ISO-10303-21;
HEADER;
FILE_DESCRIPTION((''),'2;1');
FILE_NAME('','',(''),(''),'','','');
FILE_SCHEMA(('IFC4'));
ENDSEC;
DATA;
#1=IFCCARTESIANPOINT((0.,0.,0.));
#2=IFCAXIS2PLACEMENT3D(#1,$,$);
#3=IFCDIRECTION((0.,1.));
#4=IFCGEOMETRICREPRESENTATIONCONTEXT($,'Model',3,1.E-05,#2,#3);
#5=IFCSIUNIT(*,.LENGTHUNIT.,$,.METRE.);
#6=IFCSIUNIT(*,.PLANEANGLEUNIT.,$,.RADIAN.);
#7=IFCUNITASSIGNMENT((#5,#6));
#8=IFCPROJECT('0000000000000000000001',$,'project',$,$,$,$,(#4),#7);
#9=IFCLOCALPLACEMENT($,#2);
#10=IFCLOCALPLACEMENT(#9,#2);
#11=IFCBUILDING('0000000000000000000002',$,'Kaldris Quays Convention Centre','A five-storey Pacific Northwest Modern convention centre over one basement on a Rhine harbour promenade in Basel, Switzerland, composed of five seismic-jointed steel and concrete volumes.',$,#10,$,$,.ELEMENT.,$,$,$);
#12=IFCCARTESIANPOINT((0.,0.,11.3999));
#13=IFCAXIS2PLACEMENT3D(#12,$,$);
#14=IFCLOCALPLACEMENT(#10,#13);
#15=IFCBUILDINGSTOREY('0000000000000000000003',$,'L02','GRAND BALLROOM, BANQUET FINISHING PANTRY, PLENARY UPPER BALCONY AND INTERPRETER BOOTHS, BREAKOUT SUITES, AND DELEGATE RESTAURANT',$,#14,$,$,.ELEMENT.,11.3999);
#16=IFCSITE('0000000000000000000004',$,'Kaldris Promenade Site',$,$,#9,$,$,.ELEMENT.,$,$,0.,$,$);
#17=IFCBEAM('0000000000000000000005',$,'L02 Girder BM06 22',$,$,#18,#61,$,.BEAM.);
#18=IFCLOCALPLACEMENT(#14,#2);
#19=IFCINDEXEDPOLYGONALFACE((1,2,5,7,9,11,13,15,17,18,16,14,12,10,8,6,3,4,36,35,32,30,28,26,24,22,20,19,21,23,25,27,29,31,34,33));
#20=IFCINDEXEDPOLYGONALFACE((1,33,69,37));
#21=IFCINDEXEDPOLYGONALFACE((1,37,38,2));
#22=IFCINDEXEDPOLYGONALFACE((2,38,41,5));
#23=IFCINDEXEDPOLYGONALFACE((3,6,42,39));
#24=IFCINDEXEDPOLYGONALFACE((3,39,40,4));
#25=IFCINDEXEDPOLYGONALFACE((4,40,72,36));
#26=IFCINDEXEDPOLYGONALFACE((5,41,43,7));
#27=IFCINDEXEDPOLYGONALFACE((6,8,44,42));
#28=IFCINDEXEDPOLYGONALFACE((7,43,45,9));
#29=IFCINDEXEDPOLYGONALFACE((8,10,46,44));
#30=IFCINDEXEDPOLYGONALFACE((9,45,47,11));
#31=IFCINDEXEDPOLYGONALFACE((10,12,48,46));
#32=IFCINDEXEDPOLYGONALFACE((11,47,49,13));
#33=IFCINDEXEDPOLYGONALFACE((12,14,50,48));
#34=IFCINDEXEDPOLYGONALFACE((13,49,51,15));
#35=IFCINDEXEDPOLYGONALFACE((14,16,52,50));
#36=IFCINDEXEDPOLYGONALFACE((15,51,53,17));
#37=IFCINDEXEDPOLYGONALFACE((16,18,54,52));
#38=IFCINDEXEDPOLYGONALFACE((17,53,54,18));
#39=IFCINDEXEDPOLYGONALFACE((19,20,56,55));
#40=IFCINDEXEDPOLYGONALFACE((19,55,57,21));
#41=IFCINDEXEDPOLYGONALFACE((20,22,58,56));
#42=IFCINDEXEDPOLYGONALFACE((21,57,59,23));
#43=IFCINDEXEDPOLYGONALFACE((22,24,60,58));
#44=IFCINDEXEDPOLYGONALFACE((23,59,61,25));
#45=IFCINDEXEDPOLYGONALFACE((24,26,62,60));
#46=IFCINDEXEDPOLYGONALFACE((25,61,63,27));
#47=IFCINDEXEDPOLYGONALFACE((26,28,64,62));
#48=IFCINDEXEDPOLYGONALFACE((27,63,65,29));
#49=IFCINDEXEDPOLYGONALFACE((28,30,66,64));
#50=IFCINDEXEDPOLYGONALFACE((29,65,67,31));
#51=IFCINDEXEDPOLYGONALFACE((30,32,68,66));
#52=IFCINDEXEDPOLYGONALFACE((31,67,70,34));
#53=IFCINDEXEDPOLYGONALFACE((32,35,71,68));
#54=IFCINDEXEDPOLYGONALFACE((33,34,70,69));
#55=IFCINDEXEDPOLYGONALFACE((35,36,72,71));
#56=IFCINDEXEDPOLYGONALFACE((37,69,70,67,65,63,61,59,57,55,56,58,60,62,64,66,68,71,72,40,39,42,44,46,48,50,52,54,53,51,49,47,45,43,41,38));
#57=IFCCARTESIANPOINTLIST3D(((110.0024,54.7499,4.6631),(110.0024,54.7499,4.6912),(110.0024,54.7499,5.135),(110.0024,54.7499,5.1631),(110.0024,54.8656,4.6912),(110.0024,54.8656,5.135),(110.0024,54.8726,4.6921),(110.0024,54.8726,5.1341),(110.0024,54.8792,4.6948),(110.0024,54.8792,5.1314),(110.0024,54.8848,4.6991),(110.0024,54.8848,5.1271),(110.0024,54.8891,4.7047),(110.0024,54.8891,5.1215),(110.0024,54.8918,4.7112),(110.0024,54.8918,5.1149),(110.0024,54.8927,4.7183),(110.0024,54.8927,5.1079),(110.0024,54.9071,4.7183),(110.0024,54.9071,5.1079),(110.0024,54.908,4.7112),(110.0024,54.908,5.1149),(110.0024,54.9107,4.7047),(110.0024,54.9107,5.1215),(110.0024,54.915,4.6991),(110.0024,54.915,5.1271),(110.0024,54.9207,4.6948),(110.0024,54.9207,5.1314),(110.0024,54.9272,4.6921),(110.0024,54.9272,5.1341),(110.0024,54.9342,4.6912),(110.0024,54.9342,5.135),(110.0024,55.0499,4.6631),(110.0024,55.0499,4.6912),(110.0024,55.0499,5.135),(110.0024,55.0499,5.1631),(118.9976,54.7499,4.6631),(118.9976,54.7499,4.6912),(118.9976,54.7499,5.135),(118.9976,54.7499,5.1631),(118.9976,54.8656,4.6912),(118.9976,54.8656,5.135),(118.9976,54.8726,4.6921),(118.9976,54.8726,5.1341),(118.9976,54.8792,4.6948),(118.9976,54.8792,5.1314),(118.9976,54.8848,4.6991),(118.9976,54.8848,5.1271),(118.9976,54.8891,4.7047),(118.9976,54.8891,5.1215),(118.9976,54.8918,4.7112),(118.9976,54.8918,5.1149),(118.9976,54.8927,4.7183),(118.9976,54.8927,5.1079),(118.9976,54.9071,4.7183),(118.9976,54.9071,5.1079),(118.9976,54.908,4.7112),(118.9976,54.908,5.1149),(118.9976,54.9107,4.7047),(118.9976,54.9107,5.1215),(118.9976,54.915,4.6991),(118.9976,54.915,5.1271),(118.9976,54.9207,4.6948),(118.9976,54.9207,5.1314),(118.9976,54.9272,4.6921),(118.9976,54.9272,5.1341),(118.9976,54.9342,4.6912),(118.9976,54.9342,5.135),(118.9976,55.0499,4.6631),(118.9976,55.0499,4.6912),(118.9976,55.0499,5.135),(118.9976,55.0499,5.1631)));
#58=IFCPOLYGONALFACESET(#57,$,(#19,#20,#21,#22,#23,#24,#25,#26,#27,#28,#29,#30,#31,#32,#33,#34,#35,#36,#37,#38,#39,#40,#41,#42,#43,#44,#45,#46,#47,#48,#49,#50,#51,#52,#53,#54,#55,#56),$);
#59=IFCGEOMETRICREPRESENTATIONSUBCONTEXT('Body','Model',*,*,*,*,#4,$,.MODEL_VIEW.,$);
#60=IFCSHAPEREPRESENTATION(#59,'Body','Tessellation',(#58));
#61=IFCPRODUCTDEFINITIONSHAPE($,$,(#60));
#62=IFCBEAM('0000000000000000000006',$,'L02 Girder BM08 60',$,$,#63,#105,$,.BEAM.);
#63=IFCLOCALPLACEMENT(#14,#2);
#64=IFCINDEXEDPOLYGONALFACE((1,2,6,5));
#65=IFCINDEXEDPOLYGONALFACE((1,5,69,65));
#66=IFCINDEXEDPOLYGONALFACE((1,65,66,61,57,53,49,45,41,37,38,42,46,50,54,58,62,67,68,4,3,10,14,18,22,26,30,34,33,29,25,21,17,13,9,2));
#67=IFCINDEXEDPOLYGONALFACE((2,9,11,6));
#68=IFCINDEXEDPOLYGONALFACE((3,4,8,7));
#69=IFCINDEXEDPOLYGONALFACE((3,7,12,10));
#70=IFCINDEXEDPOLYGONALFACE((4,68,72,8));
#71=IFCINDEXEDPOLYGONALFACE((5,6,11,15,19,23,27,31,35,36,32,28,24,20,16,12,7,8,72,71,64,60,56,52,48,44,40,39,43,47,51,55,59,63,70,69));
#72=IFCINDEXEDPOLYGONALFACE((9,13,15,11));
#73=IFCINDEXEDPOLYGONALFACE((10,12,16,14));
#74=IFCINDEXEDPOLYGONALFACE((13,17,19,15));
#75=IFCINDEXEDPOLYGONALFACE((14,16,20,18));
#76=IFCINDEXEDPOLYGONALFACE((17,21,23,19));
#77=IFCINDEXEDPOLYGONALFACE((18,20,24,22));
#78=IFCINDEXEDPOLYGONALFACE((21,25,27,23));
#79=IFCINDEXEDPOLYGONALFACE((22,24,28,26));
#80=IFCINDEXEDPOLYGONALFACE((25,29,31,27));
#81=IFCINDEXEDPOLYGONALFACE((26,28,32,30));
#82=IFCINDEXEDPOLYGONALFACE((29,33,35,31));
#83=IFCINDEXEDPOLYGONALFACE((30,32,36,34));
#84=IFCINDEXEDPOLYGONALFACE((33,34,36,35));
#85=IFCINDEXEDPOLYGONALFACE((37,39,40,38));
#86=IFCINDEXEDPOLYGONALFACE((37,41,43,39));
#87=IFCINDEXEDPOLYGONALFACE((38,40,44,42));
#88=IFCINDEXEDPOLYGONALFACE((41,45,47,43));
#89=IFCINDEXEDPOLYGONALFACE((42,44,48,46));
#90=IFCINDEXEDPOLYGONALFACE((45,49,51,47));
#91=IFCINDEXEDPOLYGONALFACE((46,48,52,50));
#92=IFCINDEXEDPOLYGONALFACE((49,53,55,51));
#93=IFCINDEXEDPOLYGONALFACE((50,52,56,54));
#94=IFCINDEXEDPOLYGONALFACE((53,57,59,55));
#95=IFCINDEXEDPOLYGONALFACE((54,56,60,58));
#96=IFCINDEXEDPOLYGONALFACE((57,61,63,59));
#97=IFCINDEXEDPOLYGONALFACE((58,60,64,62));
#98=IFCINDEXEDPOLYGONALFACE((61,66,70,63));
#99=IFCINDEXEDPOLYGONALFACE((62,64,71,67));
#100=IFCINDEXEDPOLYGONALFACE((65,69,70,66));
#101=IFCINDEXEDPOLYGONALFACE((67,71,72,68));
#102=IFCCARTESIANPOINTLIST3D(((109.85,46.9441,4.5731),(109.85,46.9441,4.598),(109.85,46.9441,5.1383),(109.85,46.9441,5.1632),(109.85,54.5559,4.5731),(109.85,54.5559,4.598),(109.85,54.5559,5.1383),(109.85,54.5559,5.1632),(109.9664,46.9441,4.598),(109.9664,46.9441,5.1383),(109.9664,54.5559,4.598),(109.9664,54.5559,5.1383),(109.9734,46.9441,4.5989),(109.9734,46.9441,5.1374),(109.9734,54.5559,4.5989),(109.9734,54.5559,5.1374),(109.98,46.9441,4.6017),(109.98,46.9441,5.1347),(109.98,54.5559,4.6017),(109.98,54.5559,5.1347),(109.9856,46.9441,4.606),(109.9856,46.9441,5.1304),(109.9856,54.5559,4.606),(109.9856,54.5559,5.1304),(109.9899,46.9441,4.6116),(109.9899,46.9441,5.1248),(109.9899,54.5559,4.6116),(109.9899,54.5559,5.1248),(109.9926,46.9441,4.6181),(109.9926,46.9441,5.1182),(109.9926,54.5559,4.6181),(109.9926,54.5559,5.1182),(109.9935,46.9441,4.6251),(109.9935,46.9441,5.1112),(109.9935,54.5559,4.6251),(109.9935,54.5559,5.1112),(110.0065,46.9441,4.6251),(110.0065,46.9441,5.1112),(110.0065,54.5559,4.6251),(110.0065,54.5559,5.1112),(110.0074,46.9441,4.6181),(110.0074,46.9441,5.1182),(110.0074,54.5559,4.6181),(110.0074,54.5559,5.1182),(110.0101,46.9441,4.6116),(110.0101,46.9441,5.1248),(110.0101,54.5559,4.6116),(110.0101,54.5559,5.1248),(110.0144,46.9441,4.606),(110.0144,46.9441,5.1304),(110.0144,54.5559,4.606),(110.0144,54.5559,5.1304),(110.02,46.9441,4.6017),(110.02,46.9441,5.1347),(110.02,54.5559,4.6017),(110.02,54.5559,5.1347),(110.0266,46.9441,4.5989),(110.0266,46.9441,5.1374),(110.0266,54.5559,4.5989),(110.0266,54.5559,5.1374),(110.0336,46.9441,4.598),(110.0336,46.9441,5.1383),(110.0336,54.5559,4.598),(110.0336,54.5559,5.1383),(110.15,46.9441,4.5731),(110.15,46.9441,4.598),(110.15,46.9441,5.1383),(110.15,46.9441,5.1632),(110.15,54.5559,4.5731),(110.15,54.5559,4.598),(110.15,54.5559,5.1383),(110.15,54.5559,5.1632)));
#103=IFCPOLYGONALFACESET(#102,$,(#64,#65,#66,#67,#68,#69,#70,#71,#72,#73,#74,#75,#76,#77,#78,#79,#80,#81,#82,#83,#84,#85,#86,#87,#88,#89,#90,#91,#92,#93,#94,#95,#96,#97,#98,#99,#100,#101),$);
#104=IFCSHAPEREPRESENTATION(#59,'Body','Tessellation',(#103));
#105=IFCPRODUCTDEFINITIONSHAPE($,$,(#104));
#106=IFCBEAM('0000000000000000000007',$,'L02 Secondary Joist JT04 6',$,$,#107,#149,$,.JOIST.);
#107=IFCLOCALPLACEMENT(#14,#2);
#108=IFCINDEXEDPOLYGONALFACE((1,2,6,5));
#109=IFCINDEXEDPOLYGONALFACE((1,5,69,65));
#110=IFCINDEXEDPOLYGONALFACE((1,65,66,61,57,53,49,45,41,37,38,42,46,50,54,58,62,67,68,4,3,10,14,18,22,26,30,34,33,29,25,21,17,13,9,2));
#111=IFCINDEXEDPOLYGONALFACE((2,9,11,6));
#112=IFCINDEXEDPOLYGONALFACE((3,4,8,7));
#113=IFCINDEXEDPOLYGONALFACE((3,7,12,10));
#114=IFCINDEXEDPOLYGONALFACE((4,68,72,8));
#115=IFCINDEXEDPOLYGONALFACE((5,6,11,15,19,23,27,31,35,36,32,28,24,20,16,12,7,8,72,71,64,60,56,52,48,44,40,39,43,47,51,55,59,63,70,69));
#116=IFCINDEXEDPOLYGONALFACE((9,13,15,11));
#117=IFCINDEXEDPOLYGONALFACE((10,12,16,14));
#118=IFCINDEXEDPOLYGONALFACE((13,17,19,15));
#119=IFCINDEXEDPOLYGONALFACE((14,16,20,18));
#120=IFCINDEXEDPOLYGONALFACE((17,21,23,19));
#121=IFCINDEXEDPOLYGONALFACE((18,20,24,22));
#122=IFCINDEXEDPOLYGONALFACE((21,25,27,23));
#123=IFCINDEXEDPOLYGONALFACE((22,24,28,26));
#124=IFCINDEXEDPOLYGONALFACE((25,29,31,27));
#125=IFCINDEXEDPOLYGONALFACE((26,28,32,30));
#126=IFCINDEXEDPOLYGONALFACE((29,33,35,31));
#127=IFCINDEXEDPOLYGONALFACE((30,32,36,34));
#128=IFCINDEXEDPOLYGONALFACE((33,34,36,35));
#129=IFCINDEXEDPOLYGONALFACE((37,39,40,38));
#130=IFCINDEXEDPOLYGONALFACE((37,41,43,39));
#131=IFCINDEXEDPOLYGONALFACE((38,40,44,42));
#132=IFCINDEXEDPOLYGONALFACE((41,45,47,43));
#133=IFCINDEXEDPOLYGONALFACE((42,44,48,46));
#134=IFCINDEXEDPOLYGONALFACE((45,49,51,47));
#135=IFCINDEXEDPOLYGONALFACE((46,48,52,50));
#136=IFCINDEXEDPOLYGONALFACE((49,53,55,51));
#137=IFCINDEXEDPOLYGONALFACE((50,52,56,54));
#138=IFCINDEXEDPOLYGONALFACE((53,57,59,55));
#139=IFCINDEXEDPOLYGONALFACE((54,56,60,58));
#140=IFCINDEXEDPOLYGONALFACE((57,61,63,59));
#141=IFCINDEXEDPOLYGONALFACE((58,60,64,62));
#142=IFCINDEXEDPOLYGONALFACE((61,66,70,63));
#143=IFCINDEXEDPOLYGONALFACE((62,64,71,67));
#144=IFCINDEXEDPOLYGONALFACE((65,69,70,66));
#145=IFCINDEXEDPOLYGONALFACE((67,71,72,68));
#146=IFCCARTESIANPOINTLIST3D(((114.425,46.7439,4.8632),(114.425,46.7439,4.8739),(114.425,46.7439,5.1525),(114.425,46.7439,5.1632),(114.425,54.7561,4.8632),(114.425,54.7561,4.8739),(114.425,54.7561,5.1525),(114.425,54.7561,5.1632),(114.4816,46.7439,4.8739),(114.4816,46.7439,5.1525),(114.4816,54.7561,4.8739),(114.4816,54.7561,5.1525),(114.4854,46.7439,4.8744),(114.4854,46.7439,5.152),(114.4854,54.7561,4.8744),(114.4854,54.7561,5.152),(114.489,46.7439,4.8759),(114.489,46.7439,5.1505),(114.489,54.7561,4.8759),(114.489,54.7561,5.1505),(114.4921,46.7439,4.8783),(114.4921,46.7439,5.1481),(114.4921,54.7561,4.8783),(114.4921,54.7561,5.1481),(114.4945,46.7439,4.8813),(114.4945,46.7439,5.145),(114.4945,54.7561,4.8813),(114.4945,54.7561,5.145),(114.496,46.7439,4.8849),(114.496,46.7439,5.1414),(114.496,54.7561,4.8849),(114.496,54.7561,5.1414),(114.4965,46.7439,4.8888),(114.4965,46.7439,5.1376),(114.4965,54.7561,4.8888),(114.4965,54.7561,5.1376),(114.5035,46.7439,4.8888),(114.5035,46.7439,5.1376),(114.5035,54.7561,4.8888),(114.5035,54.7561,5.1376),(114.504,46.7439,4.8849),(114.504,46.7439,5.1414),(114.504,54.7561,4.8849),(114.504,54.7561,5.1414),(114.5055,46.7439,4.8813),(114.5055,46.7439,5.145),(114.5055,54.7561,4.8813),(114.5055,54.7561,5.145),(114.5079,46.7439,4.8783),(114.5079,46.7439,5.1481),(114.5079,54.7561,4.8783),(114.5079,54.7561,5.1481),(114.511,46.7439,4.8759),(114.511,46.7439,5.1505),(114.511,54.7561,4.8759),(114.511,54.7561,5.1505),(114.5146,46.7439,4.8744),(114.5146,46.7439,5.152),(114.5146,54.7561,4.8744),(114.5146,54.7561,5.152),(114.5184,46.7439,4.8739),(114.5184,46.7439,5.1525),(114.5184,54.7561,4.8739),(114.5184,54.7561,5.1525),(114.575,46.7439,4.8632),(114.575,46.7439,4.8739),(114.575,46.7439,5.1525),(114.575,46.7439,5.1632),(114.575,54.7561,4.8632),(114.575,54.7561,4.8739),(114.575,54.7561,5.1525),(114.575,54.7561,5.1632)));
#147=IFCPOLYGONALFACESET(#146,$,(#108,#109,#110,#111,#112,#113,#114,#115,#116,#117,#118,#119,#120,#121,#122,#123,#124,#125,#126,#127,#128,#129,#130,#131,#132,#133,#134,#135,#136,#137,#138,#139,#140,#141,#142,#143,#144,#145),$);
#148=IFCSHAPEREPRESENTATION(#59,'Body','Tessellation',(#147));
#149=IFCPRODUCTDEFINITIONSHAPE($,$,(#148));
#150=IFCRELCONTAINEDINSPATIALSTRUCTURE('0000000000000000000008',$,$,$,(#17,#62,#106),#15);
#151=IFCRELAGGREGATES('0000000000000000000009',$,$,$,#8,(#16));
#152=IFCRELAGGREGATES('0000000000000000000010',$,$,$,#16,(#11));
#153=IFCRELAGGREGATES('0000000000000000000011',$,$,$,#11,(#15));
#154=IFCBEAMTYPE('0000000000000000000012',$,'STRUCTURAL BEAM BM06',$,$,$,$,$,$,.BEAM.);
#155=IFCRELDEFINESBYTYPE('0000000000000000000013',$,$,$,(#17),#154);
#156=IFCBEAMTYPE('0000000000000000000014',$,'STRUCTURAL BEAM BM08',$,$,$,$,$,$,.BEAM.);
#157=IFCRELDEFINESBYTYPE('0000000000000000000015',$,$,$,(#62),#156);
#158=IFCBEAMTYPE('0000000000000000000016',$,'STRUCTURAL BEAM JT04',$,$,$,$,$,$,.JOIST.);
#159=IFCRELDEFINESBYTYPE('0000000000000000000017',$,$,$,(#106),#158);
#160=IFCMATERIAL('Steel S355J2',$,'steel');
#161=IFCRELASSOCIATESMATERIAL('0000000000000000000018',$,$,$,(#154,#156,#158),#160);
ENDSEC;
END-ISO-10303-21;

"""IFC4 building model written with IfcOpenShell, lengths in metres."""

from ifc_helpers import new_model, si_unit, direction, frame, origin, origin_2d, place, context, subcontext, project, spatial, i_section, extrude, material, material_profile, profile_set, type_object, element, save


model = new_model("IFC4")

# Units and contexts
model_context = context("Model", 3, precision=1e-05, world=origin(), true_north=direction((0.0, 1.0)))
body_context = subcontext(model_context, "Body", "Model", "MODEL_VIEW")
ifc_project = project(units=[si_unit("LENGTHUNIT", "METRE"), si_unit("PLANEANGLEUNIT", "RADIAN")], contexts=[model_context])

# Site, building, storey
site_placement = place(None, origin())
site = spatial("IfcSite", under=ifc_project, at=site_placement, Name="Kaldris Promenade Site", CompositionType="ELEMENT", RefElevation=0.0)
building_placement = place(site_placement, origin())
building = spatial("IfcBuilding", under=site, at=building_placement, Name="Kaldris Quays Convention Centre", Description="A five-storey Pacific Northwest Modern convention centre over one basement on a Rhine harbour promenade in Basel, Switzerland, composed of five seismic-jointed steel and concrete volumes.", CompositionType="ELEMENT")
storey_placement = place(building_placement, frame((0.0, 0.0, 11.3999)))
storey = spatial("IfcBuildingStorey", under=building, at=storey_placement, Name="L02", Description="GRAND BALLROOM, BANQUET FINISHING PANTRY, PLENARY UPPER BALCONY AND INTERPRETER BOOTHS, BREAKOUT SUITES, AND DELEGATE RESTAURANT", CompositionType="ELEMENT", Elevation=11.3999)

# Shared definitions
ifc_material_1 = material(Name="Steel S355J2", Category="steel")

# Beams
ifc_material_profile_1 = material_profile(ifc_material_1, i_section(OverallWidth=0.3, OverallDepth=0.5, WebThickness=0.0144, FlangeThickness=0.0281, FilletRadius=0.0271, at=origin_2d()), Name="HEB 500")
ifc_profile_set_1 = profile_set([ifc_material_profile_1], Name="Steel S355J2")
beam_type_1 = type_object("IfcBeamType", Name="STRUCTURAL BEAM BM06", PredefinedType="BEAM", material=ifc_profile_set_1)
for number, where, z_axis, x_axis, name in (
    (1, (110.0024, 54.8999, 4.9131), (1.0, 0.0, 0.0), (0.0, 1.0, 0.0), "L02 Girder BM06 22"),
):
    element("IfcBeam", number, at=place(storey_placement, frame(where, z_axis=z_axis, x_axis=x_axis)), inside=storey, type_object=beam_type_1, Name=name, PredefinedType="BEAM", context=body_context, shape_type="SweptSolid", body=[
        extrude(i_section(OverallWidth=0.3, OverallDepth=0.5, WebThickness=0.0144, FlangeThickness=0.0281, FilletRadius=0.0271, at=origin_2d()), origin(), (0.0, 0.0, 1.0), 8.9951),
    ])
ifc_material_profile_2 = material_profile(ifc_material_1, i_section(OverallWidth=0.3, OverallDepth=0.5901, WebThickness=0.0129, FlangeThickness=0.0249, FilletRadius=0.0271, at=origin_2d()), Name="HEA 600")
ifc_profile_set_2 = profile_set([ifc_material_profile_2], Name="Steel S355J2")
beam_type_2 = type_object("IfcBeamType", Name="STRUCTURAL BEAM BM08", PredefinedType="BEAM", material=ifc_profile_set_2)
beam_1_placement = place(storey_placement, frame((110.0, 46.9441, 4.8682), z_axis=(0.0, 1.0, 0.0), x_axis=(-1.0, 0.0, 0.0)))
element("IfcBeam", 2, at=beam_1_placement, inside=storey, type_object=beam_type_2, Name="L02 Girder BM08 60", PredefinedType="BEAM", context=body_context, shape_type="SweptSolid", body=[
    extrude(i_section(OverallWidth=0.3, OverallDepth=0.5901, WebThickness=0.0129, FlangeThickness=0.0249, FilletRadius=0.0271, at=origin_2d()), origin(), (0.0, 0.0, 1.0), 7.6118),
])
ifc_material_profile_3 = material_profile(ifc_material_1, i_section(OverallWidth=0.1499, OverallDepth=0.3, WebThickness=0.0071, FlangeThickness=0.0107, FilletRadius=0.0149, at=origin_2d()), Name="IPE 300")
ifc_profile_set_3 = profile_set([ifc_material_profile_3], Name="Steel S355J2")
beam_type_3 = type_object("IfcBeamType", Name="STRUCTURAL BEAM JT04", PredefinedType="JOIST", material=ifc_profile_set_3)
beam_2_placement = place(storey_placement, frame((114.5, 46.7439, 5.0132), z_axis=(0.0, 1.0, 0.0), x_axis=(-1.0, 0.0, 0.0)))
element("IfcBeam", 3, at=beam_2_placement, inside=storey, type_object=beam_type_3, Name="L02 Secondary Joist JT04 6", PredefinedType="JOIST", context=body_context, shape_type="SweptSolid", body=[
    extrude(i_section(OverallWidth=0.1499, OverallDepth=0.3, WebThickness=0.0071, FlangeThickness=0.0107, FilletRadius=0.0149, at=origin_2d()), origin(), (0.0, 0.0, 1.0), 8.0122),
])

save(model, "model.ifc")
